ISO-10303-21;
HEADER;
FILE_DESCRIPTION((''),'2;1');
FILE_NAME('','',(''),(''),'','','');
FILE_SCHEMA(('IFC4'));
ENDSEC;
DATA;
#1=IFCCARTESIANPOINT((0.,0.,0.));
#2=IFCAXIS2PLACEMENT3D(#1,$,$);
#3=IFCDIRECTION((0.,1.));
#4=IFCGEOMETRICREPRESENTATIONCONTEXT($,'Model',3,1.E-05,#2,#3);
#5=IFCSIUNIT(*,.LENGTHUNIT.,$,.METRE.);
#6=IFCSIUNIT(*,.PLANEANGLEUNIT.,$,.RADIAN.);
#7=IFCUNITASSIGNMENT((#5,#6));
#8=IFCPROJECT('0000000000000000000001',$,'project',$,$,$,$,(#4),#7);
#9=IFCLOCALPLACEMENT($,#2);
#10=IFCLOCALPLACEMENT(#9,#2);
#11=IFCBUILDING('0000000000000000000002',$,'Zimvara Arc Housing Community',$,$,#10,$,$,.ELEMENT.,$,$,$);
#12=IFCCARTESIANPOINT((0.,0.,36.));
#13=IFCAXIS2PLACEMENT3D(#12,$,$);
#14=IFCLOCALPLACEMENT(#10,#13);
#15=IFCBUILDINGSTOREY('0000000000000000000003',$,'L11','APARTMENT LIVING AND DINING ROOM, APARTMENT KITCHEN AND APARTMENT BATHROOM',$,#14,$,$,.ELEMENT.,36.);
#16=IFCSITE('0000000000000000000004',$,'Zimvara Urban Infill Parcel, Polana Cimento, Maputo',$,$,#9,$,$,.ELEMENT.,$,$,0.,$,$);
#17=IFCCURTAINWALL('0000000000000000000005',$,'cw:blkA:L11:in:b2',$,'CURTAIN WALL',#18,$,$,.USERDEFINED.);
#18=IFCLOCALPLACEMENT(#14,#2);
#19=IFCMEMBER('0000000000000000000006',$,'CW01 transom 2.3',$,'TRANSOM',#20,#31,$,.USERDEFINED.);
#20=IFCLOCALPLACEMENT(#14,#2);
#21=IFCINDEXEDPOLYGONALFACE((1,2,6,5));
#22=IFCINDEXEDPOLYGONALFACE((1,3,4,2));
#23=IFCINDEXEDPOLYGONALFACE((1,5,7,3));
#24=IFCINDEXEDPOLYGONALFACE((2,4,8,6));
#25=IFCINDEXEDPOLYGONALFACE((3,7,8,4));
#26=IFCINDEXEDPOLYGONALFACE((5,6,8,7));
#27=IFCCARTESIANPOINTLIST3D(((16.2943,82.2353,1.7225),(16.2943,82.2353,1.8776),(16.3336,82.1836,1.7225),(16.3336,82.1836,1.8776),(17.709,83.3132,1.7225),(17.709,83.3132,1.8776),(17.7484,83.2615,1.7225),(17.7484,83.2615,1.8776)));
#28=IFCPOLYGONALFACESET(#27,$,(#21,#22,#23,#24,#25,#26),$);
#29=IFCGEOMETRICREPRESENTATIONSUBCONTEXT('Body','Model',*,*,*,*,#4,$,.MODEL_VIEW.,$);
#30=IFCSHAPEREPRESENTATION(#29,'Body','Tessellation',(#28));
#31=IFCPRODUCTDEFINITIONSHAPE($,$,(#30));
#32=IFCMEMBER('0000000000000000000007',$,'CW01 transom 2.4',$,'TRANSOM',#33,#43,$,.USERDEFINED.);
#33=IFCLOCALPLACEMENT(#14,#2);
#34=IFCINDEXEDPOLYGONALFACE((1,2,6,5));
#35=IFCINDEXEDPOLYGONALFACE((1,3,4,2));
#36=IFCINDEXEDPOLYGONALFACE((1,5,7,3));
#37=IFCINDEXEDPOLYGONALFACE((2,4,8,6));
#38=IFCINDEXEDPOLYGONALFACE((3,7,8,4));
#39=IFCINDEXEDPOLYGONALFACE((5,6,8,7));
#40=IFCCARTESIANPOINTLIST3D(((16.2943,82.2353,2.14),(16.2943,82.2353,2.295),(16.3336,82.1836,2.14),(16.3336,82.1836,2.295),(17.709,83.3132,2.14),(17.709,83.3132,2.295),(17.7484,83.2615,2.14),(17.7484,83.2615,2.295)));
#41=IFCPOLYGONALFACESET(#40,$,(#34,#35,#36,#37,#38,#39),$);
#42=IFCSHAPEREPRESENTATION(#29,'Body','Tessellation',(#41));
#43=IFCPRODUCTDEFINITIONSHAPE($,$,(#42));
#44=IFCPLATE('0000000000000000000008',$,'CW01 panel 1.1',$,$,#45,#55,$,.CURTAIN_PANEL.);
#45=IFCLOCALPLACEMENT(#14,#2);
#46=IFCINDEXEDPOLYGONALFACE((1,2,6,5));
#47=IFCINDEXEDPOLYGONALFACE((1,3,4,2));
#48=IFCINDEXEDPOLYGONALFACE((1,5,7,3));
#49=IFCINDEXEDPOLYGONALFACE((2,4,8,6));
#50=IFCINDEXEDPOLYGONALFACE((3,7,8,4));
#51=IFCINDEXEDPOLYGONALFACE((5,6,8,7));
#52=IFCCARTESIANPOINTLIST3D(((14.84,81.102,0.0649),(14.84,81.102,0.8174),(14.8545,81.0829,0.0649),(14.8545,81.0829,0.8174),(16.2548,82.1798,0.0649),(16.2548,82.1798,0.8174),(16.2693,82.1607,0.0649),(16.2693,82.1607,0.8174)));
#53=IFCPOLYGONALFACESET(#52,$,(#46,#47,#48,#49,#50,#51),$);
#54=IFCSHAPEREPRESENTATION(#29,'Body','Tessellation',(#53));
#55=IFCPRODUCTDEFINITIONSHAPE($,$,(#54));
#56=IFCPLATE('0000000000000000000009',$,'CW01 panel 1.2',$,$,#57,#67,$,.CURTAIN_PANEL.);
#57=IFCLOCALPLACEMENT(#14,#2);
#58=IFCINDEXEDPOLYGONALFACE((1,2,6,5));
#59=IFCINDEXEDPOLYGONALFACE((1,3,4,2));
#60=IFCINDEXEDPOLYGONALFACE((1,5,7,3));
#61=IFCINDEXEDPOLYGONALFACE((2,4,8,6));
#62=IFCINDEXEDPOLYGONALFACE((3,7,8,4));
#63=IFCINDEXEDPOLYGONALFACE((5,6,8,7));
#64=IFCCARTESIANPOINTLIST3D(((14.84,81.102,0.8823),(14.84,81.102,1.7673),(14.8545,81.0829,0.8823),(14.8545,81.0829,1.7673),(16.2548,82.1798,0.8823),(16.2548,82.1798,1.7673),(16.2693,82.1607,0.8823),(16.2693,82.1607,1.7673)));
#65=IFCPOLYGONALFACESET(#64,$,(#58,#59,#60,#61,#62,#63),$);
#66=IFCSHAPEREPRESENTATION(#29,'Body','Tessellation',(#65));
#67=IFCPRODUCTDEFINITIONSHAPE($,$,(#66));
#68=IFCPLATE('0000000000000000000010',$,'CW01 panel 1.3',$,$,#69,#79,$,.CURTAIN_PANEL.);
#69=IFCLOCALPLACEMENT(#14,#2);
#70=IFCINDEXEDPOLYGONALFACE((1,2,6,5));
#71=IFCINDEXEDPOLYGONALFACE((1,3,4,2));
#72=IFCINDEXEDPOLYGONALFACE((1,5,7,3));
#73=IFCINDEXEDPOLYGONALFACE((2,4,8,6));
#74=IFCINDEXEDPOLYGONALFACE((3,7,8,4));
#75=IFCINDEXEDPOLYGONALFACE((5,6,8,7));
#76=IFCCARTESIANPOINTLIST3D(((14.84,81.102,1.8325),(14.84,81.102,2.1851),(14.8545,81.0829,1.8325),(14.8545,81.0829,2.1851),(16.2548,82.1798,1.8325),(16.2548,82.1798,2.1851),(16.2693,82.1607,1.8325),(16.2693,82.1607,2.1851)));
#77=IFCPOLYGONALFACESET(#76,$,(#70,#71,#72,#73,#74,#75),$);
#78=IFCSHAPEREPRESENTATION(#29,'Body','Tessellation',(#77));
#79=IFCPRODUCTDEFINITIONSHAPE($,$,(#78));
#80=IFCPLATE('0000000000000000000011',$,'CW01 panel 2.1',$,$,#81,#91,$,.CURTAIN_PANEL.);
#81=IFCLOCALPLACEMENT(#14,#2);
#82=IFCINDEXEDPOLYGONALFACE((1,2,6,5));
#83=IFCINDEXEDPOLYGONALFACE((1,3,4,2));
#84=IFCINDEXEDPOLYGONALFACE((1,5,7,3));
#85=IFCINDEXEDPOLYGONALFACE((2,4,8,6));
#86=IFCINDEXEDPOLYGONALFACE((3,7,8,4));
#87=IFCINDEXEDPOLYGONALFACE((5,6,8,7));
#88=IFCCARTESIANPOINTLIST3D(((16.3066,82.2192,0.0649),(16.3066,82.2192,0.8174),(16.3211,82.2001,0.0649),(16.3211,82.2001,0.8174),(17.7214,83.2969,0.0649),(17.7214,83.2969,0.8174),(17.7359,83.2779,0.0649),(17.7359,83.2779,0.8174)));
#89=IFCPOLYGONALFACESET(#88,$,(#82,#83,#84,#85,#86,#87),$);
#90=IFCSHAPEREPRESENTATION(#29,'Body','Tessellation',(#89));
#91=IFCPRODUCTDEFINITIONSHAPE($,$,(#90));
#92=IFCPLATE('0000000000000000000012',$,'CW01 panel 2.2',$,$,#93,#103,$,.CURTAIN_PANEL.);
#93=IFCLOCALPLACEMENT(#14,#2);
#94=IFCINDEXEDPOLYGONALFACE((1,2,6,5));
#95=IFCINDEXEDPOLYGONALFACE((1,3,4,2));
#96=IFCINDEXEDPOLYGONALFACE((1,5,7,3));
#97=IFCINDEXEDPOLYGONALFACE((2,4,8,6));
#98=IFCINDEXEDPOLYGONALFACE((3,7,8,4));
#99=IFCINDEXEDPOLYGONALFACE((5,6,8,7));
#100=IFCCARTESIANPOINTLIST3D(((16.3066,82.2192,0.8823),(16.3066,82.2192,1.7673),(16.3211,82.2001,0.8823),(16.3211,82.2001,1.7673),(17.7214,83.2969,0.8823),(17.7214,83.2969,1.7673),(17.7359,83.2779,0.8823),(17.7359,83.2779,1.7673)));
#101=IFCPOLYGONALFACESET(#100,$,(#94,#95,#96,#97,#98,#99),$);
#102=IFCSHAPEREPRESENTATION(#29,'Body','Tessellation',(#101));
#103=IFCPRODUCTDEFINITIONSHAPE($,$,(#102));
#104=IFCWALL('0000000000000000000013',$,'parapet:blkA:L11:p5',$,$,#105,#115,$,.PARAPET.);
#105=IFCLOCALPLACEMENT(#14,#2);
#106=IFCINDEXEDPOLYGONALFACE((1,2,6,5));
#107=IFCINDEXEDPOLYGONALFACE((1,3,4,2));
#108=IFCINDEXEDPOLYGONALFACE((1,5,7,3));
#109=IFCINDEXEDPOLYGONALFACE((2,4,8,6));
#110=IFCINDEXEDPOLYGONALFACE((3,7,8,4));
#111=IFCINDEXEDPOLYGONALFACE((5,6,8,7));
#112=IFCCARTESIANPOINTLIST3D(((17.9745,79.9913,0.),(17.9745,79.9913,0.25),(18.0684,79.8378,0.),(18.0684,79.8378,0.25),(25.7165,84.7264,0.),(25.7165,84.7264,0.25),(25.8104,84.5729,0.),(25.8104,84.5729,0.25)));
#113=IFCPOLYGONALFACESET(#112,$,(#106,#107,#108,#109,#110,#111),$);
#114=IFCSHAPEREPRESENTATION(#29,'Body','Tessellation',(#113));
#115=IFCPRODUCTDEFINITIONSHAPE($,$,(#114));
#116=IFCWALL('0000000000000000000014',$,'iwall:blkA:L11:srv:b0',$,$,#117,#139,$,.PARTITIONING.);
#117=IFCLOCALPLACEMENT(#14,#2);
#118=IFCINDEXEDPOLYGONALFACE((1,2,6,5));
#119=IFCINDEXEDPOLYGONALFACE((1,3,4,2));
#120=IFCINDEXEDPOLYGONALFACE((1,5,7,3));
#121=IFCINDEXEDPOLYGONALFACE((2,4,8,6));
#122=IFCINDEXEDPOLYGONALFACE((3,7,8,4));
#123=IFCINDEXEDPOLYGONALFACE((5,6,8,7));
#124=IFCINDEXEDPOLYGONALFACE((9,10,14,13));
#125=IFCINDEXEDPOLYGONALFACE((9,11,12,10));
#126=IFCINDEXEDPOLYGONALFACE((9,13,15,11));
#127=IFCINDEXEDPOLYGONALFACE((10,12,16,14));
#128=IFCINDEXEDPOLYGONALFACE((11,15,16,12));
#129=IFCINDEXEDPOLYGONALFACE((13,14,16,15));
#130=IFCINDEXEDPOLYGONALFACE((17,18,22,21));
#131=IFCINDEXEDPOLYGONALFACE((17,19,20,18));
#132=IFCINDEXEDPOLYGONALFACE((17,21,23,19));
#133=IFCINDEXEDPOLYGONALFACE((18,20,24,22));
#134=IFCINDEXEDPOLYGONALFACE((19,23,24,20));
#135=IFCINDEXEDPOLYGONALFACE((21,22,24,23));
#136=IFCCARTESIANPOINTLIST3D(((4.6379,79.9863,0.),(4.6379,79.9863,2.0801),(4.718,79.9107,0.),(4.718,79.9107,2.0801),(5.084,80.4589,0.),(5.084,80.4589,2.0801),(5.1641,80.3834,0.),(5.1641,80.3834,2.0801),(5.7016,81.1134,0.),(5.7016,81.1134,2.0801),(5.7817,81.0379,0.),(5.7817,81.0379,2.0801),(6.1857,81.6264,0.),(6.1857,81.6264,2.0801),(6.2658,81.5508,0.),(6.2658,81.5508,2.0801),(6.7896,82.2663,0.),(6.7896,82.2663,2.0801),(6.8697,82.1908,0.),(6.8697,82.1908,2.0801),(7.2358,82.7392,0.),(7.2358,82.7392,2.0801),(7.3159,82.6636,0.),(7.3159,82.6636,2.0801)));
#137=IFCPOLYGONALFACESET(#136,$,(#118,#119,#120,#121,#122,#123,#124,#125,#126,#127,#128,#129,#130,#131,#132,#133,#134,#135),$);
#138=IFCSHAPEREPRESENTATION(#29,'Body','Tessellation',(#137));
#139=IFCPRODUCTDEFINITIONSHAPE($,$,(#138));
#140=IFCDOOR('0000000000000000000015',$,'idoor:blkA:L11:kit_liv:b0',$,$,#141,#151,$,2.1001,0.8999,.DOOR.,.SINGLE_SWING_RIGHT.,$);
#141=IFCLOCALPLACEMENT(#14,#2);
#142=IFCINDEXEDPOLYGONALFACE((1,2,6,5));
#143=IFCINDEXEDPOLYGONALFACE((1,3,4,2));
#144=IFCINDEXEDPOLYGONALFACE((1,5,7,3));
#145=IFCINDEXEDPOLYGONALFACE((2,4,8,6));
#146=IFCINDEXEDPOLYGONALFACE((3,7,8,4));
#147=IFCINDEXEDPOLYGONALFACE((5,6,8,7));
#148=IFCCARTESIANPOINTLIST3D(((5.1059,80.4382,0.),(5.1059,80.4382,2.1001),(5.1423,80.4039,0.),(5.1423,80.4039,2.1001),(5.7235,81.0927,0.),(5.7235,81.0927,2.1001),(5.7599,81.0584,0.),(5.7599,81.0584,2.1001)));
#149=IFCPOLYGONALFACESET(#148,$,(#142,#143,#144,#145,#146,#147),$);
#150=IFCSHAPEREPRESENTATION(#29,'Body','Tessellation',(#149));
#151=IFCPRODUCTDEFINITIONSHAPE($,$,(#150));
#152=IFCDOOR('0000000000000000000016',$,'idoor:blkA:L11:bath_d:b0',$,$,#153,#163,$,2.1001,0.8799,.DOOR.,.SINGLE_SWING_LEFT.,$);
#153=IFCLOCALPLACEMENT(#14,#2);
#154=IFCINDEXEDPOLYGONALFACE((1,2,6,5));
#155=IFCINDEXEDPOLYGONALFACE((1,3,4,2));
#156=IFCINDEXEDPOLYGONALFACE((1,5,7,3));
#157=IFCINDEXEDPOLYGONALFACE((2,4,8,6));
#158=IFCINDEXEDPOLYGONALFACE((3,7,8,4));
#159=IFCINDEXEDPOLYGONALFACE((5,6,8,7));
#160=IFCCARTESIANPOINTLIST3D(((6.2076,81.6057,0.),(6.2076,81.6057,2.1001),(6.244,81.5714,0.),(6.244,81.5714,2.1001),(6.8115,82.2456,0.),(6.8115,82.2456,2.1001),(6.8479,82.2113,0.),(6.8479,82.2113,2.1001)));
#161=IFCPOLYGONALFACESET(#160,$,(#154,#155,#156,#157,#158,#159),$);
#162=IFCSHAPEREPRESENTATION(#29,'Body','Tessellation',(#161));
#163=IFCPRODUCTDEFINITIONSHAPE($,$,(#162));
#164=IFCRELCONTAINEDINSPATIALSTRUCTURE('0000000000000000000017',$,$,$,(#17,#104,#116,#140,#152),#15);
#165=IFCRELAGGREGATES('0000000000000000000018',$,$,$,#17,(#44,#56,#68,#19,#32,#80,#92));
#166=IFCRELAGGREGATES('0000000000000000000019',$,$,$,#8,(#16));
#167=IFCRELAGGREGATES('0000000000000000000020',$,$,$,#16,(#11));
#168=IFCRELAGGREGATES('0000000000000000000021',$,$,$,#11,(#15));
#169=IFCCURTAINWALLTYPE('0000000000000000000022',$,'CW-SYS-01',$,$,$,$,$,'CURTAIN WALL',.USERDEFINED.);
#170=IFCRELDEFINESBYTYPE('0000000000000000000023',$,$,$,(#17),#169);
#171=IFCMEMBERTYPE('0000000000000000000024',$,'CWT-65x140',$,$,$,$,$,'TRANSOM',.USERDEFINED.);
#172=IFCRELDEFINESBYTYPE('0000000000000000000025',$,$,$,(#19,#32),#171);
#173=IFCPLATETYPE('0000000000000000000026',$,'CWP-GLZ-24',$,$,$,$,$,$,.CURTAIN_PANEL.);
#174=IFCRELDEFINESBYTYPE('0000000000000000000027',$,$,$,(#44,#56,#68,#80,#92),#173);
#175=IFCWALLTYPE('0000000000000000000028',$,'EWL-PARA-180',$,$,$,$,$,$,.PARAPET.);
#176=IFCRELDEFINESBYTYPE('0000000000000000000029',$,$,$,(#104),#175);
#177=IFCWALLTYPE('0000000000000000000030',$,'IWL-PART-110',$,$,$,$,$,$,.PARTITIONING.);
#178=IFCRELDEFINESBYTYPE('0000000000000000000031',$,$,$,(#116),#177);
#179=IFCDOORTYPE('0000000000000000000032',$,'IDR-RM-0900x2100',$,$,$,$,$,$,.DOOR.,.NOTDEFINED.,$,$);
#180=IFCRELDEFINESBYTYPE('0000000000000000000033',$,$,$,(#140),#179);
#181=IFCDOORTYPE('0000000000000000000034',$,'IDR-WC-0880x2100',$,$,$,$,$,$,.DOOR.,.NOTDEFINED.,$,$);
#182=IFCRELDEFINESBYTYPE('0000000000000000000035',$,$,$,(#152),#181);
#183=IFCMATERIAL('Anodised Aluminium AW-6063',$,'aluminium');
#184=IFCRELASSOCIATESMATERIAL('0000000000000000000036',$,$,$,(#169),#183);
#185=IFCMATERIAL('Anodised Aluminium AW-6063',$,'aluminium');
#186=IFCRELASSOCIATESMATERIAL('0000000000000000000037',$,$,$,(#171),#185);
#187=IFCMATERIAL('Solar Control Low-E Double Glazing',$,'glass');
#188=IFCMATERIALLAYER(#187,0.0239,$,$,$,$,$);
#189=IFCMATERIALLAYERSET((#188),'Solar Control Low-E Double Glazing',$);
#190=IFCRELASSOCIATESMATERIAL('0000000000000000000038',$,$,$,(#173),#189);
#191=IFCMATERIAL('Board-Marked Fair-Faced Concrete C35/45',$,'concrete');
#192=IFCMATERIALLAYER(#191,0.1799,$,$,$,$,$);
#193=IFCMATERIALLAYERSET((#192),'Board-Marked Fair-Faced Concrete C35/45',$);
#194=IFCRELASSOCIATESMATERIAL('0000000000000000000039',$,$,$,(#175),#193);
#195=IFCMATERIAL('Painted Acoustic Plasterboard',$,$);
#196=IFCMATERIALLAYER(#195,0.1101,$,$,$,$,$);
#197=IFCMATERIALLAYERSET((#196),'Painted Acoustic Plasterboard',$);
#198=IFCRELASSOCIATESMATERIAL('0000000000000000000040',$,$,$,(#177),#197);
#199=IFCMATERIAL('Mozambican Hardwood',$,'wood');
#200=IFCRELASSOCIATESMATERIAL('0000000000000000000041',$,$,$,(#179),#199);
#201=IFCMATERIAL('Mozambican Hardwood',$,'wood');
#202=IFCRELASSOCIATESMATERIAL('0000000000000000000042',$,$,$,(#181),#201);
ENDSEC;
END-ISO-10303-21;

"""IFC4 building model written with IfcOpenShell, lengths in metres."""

from ifc_helpers import new_model, si_unit, direction, frame, frame_2d, origin, origin_2d, place, context, subcontext, project, spatial, rectangle, extrude, material, layer, layer_set, material_profile, profile_set, type_object, element, fill, aggregate, save


model = new_model("IFC4")

# Units and contexts
model_context = context("Model", 3, precision=1e-05, world=origin(), true_north=direction((0.0, 1.0)))
body_context = subcontext(model_context, "Body", "Model", "MODEL_VIEW")
ifc_project = project(units=[si_unit("LENGTHUNIT", "METRE"), si_unit("PLANEANGLEUNIT", "RADIAN")], contexts=[model_context])

# Site, building, storey
site_placement = place(None, origin())
site = spatial("IfcSite", under=ifc_project, at=site_placement, Name="Zimvara Urban Infill Parcel, Polana Cimento, Maputo", CompositionType="ELEMENT", RefElevation=0.0)
building_placement = place(site_placement, origin())
building = spatial("IfcBuilding", under=site, at=building_placement, Name="Zimvara Arc Housing Community", CompositionType="ELEMENT")
storey_placement = place(building_placement, frame((0.0, 0.0, 36.0)))
storey = spatial("IfcBuildingStorey", under=building, at=storey_placement, Name="L11", Description="APARTMENT LIVING AND DINING ROOM, APARTMENT KITCHEN AND APARTMENT BATHROOM", CompositionType="ELEMENT", Elevation=36.0)

# Curtain wall, members, plates
ifc_material_1 = material(Name="Anodised Aluminium AW-6063", Category="aluminium")
curtain_wall_type = type_object("IfcCurtainWallType", Name="CW-SYS-01", ElementType="CURTAIN WALL", PredefinedType="USERDEFINED", material=ifc_material_1)
curtain_wall_placement = place(storey_placement, origin())
curtain_wall = element("IfcCurtainWall", 1, at=curtain_wall_placement, inside=storey, type_object=curtain_wall_type, Name="cw:blkA:L11:in:b2", ObjectType="CURTAIN WALL", PredefinedType="USERDEFINED")
ifc_material_2 = material(Name="Anodised Aluminium AW-6063", Category="aluminium")
ifc_material_profile_1 = material_profile(ifc_material_2, rectangle(XDim=0.0649, YDim=0.155, at=origin_2d()), Name="ALU 65x155")
ifc_profile_set_1 = profile_set([ifc_material_profile_1], Name="Anodised Aluminium AW-6063")
member_type_1 = type_object("IfcMemberType", Name="CWT-65x140", ElementType="TRANSOM", PredefinedType="USERDEFINED", material=ifc_profile_set_1)
member_1_placement = place(storey_placement, frame((16.314, 82.2095, 1.8), z_axis=(0.795447, 0.606023, 0.0), x_axis=(-0.606023, 0.795447, 0.0)))
member_1 = element("IfcMember", 2, at=member_1_placement, type_object=member_type_1, Name="CW01 transom 2.3", ObjectType="TRANSOM", PredefinedType="USERDEFINED", context=body_context, shape_type="SweptSolid", body=[
    extrude(rectangle(XDim=0.0649, YDim=0.155, at=origin_2d()), origin(), (0.0, 0.0, 1.0), 1.7786),
])
member_2_placement = place(storey_placement, frame((16.314, 82.2095, 2.2175), z_axis=(0.795447, 0.606023, 0.0), x_axis=(-0.606023, 0.795447, 0.0)))
member_2 = element("IfcMember", 3, at=member_2_placement, type_object=member_type_1, Name="CW01 transom 2.4", ObjectType="TRANSOM", PredefinedType="USERDEFINED", context=body_context, shape_type="SweptSolid", body=[
    extrude(rectangle(XDim=0.0649, YDim=0.155, at=origin_2d()), origin(), (0.0, 0.0, 1.0), 1.7786),
])
ifc_material_3 = material(Name="Solar Control Low-E Double Glazing", Category="glass")
ifc_layer_1 = layer(ifc_material_3, 0.0239)
ifc_layer_set_1 = layer_set([ifc_layer_1], Name="Solar Control Low-E Double Glazing")
plate_type = type_object("IfcPlateType", Name="CWP-GLZ-24", PredefinedType="CURTAIN_PANEL", material=ifc_layer_set_1)
plate_1_placement = place(storey_placement, frame((15.5547, 81.6313, 0.0649), z_axis=(0.0, 0.0, 1.0), x_axis=(0.795474, 0.605988, 0.0)))
plate_1 = element("IfcPlate", 4, at=plate_1_placement, type_object=plate_type, Name="CW01 panel 1.1", PredefinedType="CURTAIN_PANEL", context=body_context, shape_type="SweptSolid", body=[
    extrude(rectangle(XDim=1.7786, YDim=0.0239, at=origin_2d()), origin(), (0.0, 0.0, 1.0), 0.7524),
])
plate_2_placement = place(storey_placement, frame((15.5547, 81.6313, 0.8823), z_axis=(0.0, 0.0, 1.0), x_axis=(0.795474, 0.605988, 0.0)))
plate_2 = element("IfcPlate", 5, at=plate_2_placement, type_object=plate_type, Name="CW01 panel 1.2", PredefinedType="CURTAIN_PANEL", context=body_context, shape_type="SweptSolid", body=[
    extrude(rectangle(XDim=1.7786, YDim=0.0239, at=origin_2d()), origin(), (0.0, 0.0, 1.0), 0.885),
])
plate_3_placement = place(storey_placement, frame((15.5547, 81.6313, 1.8325), z_axis=(0.0, 0.0, 1.0), x_axis=(0.795474, 0.605988, 0.0)))
plate_3 = element("IfcPlate", 6, at=plate_3_placement, type_object=plate_type, Name="CW01 panel 1.3", PredefinedType="CURTAIN_PANEL", context=body_context, shape_type="SweptSolid", body=[
    extrude(rectangle(XDim=1.7786, YDim=0.0239, at=origin_2d()), origin(), (0.0, 0.0, 1.0), 0.3525),
])
plate_4_placement = place(storey_placement, frame((17.0212, 82.7485, 0.0649), z_axis=(0.0, 0.0, 1.0), x_axis=(0.795474, 0.605988, 0.0)))
plate_4 = element("IfcPlate", 7, at=plate_4_placement, type_object=plate_type, Name="CW01 panel 2.1", PredefinedType="CURTAIN_PANEL", context=body_context, shape_type="SweptSolid", body=[
    extrude(rectangle(XDim=1.7786, YDim=0.0239, at=origin_2d()), origin(), (0.0, 0.0, 1.0), 0.7524),
])
plate_5_placement = place(storey_placement, frame((17.0212, 82.7485, 0.8823), z_axis=(0.0, 0.0, 1.0), x_axis=(0.795474, 0.605988, 0.0)))
plate_5 = element("IfcPlate", 8, at=plate_5_placement, type_object=plate_type, Name="CW01 panel 2.2", PredefinedType="CURTAIN_PANEL", context=body_context, shape_type="SweptSolid", body=[
    extrude(rectangle(XDim=1.7786, YDim=0.0239, at=origin_2d()), origin(), (0.0, 0.0, 1.0), 0.885),
])
aggregate(curtain_wall, [plate_1, plate_2, plate_3, member_1, member_2, plate_4, plate_5])

# Wall
ifc_material_4 = material(Name="Board-Marked Fair-Faced Concrete C35/45", Category="concrete")
ifc_layer_2 = layer(ifc_material_4, 0.1799)
ifc_layer_set_2 = layer_set([ifc_layer_2], Name="Board-Marked Fair-Faced Concrete C35/45")
wall_type_1 = type_object("IfcWallType", Name="EWL-PARA-180", PredefinedType="PARAPET", material=ifc_layer_set_2)
wall_1_placement = place(storey_placement, frame((18.0215, 79.9146, 0.0), z_axis=(0.0, 0.0, 1.0), x_axis=(0.85309, 0.521764, 0.0)))
element("IfcWall", 9, at=wall_1_placement, inside=storey, type_object=wall_type_1, Name="parapet:blkA:L11:p5", PredefinedType="PARAPET", context=body_context, shape_type="SweptSolid", body=[
    extrude(rectangle(XDim=9.0752, YDim=0.1799, at=frame_2d((4.5376, 0.0))), origin(), (0.0, 0.0, 1.0), 0.25),
])

# Wall, openings, doors
ifc_material_5 = material(Name="Painted Acoustic Plasterboard")
ifc_layer_3 = layer(ifc_material_5, 0.1101)
ifc_layer_set_3 = layer_set([ifc_layer_3], Name="Painted Acoustic Plasterboard")
wall_type_2 = type_object("IfcWallType", Name="IWL-PART-110", PredefinedType="PARTITIONING", material=ifc_layer_set_3)
wall_2_placement = place(storey_placement, frame((4.678, 79.9485, 0.0), z_axis=(0.0, 0.0, 1.0), x_axis=(0.686332, 0.727289, 0.0)))
wall_2 = element("IfcWall", 10, at=wall_2_placement, inside=storey, type_object=wall_type_2, Name="iwall:blkA:L11:srv:b0", PredefinedType="PARTITIONING", context=body_context, shape_type="SweptSolid", body=[
    extrude(rectangle(XDim=3.7852, YDim=0.1101, at=frame_2d((1.8926, 0.0))), origin(), (0.0, 0.0, 1.0), 2.0801),
])
opening_1_placement = place(wall_2_placement, frame((0.6499, 0.0, 0.0)))
opening_1 = element("IfcOpeningElement", 11, at=opening_1_placement, cuts=wall_2, PredefinedType="OPENING", context=body_context, shape_type="SweptSolid", body=[
    extrude(rectangle(XDim=0.8999, YDim=2.1001, at=frame_2d((0.45, 1.05))), frame((0.0, 0.0649, 0.0), z_axis=(0.0, -1.0, 0.0), x_axis=(1.0, 0.0, 0.0)), (0.0, 0.0, 1.0), 0.1301),
])
opening_2_placement = place(wall_2_placement, frame((2.2551, 0.0, 0.0)))
opening_2 = element("IfcOpeningElement", 12, at=opening_2_placement, cuts=wall_2, PredefinedType="OPENING", context=body_context, shape_type="SweptSolid", body=[
    extrude(rectangle(XDim=0.8799, YDim=2.1001, at=frame_2d((0.4399, 1.05))), frame((0.0, 0.0649, 0.0), z_axis=(0.0, -1.0, 0.0), x_axis=(1.0, 0.0, 0.0)), (0.0, 0.0, 1.0), 0.1301),
])
ifc_material_6 = material(Name="Mozambican Hardwood", Category="wood")
door_type_1 = type_object("IfcDoorType", Name="IDR-RM-0900x2100", OperationType="NOTDEFINED", PredefinedType="DOOR", material=ifc_material_6)
door_1_placement = place(opening_1_placement, origin())
door_1 = element("IfcDoor", 13, at=door_1_placement, inside=storey, type_object=door_type_1, Name="idoor:blkA:L11:kit_liv:b0", OperationType="SINGLE_SWING_RIGHT", OverallHeight=2.1001, OverallWidth=0.8999, PredefinedType="DOOR", context=body_context, shape_type="SweptSolid", body=[
    extrude(rectangle(XDim=0.8999, YDim=2.1001, at=frame_2d((0.45, 1.05))), frame((0.0, 0.0249, 0.0), z_axis=(0.0, -1.0, 0.0), x_axis=(1.0, 0.0, 0.0)), (0.0, 0.0, 1.0), 0.05),
])
fill(opening_1, door_1)
ifc_material_7 = material(Name="Mozambican Hardwood", Category="wood")
door_type_2 = type_object("IfcDoorType", Name="IDR-WC-0880x2100", OperationType="NOTDEFINED", PredefinedType="DOOR", material=ifc_material_7)
door_2_placement = place(opening_2_placement, origin())
door_2 = element("IfcDoor", 14, at=door_2_placement, inside=storey, type_object=door_type_2, Name="idoor:blkA:L11:bath_d:b0", OperationType="SINGLE_SWING_LEFT", OverallHeight=2.1001, OverallWidth=0.8799, PredefinedType="DOOR", context=body_context, shape_type="SweptSolid", body=[
    extrude(rectangle(XDim=0.8799, YDim=2.1001, at=frame_2d((0.4399, 1.05))), frame((0.0, 0.0249, 0.0), z_axis=(0.0, -1.0, 0.0), x_axis=(1.0, 0.0, 0.0)), (0.0, 0.0, 1.0), 0.05),
])
fill(opening_2, door_2)

save(model, "model.ifc")
